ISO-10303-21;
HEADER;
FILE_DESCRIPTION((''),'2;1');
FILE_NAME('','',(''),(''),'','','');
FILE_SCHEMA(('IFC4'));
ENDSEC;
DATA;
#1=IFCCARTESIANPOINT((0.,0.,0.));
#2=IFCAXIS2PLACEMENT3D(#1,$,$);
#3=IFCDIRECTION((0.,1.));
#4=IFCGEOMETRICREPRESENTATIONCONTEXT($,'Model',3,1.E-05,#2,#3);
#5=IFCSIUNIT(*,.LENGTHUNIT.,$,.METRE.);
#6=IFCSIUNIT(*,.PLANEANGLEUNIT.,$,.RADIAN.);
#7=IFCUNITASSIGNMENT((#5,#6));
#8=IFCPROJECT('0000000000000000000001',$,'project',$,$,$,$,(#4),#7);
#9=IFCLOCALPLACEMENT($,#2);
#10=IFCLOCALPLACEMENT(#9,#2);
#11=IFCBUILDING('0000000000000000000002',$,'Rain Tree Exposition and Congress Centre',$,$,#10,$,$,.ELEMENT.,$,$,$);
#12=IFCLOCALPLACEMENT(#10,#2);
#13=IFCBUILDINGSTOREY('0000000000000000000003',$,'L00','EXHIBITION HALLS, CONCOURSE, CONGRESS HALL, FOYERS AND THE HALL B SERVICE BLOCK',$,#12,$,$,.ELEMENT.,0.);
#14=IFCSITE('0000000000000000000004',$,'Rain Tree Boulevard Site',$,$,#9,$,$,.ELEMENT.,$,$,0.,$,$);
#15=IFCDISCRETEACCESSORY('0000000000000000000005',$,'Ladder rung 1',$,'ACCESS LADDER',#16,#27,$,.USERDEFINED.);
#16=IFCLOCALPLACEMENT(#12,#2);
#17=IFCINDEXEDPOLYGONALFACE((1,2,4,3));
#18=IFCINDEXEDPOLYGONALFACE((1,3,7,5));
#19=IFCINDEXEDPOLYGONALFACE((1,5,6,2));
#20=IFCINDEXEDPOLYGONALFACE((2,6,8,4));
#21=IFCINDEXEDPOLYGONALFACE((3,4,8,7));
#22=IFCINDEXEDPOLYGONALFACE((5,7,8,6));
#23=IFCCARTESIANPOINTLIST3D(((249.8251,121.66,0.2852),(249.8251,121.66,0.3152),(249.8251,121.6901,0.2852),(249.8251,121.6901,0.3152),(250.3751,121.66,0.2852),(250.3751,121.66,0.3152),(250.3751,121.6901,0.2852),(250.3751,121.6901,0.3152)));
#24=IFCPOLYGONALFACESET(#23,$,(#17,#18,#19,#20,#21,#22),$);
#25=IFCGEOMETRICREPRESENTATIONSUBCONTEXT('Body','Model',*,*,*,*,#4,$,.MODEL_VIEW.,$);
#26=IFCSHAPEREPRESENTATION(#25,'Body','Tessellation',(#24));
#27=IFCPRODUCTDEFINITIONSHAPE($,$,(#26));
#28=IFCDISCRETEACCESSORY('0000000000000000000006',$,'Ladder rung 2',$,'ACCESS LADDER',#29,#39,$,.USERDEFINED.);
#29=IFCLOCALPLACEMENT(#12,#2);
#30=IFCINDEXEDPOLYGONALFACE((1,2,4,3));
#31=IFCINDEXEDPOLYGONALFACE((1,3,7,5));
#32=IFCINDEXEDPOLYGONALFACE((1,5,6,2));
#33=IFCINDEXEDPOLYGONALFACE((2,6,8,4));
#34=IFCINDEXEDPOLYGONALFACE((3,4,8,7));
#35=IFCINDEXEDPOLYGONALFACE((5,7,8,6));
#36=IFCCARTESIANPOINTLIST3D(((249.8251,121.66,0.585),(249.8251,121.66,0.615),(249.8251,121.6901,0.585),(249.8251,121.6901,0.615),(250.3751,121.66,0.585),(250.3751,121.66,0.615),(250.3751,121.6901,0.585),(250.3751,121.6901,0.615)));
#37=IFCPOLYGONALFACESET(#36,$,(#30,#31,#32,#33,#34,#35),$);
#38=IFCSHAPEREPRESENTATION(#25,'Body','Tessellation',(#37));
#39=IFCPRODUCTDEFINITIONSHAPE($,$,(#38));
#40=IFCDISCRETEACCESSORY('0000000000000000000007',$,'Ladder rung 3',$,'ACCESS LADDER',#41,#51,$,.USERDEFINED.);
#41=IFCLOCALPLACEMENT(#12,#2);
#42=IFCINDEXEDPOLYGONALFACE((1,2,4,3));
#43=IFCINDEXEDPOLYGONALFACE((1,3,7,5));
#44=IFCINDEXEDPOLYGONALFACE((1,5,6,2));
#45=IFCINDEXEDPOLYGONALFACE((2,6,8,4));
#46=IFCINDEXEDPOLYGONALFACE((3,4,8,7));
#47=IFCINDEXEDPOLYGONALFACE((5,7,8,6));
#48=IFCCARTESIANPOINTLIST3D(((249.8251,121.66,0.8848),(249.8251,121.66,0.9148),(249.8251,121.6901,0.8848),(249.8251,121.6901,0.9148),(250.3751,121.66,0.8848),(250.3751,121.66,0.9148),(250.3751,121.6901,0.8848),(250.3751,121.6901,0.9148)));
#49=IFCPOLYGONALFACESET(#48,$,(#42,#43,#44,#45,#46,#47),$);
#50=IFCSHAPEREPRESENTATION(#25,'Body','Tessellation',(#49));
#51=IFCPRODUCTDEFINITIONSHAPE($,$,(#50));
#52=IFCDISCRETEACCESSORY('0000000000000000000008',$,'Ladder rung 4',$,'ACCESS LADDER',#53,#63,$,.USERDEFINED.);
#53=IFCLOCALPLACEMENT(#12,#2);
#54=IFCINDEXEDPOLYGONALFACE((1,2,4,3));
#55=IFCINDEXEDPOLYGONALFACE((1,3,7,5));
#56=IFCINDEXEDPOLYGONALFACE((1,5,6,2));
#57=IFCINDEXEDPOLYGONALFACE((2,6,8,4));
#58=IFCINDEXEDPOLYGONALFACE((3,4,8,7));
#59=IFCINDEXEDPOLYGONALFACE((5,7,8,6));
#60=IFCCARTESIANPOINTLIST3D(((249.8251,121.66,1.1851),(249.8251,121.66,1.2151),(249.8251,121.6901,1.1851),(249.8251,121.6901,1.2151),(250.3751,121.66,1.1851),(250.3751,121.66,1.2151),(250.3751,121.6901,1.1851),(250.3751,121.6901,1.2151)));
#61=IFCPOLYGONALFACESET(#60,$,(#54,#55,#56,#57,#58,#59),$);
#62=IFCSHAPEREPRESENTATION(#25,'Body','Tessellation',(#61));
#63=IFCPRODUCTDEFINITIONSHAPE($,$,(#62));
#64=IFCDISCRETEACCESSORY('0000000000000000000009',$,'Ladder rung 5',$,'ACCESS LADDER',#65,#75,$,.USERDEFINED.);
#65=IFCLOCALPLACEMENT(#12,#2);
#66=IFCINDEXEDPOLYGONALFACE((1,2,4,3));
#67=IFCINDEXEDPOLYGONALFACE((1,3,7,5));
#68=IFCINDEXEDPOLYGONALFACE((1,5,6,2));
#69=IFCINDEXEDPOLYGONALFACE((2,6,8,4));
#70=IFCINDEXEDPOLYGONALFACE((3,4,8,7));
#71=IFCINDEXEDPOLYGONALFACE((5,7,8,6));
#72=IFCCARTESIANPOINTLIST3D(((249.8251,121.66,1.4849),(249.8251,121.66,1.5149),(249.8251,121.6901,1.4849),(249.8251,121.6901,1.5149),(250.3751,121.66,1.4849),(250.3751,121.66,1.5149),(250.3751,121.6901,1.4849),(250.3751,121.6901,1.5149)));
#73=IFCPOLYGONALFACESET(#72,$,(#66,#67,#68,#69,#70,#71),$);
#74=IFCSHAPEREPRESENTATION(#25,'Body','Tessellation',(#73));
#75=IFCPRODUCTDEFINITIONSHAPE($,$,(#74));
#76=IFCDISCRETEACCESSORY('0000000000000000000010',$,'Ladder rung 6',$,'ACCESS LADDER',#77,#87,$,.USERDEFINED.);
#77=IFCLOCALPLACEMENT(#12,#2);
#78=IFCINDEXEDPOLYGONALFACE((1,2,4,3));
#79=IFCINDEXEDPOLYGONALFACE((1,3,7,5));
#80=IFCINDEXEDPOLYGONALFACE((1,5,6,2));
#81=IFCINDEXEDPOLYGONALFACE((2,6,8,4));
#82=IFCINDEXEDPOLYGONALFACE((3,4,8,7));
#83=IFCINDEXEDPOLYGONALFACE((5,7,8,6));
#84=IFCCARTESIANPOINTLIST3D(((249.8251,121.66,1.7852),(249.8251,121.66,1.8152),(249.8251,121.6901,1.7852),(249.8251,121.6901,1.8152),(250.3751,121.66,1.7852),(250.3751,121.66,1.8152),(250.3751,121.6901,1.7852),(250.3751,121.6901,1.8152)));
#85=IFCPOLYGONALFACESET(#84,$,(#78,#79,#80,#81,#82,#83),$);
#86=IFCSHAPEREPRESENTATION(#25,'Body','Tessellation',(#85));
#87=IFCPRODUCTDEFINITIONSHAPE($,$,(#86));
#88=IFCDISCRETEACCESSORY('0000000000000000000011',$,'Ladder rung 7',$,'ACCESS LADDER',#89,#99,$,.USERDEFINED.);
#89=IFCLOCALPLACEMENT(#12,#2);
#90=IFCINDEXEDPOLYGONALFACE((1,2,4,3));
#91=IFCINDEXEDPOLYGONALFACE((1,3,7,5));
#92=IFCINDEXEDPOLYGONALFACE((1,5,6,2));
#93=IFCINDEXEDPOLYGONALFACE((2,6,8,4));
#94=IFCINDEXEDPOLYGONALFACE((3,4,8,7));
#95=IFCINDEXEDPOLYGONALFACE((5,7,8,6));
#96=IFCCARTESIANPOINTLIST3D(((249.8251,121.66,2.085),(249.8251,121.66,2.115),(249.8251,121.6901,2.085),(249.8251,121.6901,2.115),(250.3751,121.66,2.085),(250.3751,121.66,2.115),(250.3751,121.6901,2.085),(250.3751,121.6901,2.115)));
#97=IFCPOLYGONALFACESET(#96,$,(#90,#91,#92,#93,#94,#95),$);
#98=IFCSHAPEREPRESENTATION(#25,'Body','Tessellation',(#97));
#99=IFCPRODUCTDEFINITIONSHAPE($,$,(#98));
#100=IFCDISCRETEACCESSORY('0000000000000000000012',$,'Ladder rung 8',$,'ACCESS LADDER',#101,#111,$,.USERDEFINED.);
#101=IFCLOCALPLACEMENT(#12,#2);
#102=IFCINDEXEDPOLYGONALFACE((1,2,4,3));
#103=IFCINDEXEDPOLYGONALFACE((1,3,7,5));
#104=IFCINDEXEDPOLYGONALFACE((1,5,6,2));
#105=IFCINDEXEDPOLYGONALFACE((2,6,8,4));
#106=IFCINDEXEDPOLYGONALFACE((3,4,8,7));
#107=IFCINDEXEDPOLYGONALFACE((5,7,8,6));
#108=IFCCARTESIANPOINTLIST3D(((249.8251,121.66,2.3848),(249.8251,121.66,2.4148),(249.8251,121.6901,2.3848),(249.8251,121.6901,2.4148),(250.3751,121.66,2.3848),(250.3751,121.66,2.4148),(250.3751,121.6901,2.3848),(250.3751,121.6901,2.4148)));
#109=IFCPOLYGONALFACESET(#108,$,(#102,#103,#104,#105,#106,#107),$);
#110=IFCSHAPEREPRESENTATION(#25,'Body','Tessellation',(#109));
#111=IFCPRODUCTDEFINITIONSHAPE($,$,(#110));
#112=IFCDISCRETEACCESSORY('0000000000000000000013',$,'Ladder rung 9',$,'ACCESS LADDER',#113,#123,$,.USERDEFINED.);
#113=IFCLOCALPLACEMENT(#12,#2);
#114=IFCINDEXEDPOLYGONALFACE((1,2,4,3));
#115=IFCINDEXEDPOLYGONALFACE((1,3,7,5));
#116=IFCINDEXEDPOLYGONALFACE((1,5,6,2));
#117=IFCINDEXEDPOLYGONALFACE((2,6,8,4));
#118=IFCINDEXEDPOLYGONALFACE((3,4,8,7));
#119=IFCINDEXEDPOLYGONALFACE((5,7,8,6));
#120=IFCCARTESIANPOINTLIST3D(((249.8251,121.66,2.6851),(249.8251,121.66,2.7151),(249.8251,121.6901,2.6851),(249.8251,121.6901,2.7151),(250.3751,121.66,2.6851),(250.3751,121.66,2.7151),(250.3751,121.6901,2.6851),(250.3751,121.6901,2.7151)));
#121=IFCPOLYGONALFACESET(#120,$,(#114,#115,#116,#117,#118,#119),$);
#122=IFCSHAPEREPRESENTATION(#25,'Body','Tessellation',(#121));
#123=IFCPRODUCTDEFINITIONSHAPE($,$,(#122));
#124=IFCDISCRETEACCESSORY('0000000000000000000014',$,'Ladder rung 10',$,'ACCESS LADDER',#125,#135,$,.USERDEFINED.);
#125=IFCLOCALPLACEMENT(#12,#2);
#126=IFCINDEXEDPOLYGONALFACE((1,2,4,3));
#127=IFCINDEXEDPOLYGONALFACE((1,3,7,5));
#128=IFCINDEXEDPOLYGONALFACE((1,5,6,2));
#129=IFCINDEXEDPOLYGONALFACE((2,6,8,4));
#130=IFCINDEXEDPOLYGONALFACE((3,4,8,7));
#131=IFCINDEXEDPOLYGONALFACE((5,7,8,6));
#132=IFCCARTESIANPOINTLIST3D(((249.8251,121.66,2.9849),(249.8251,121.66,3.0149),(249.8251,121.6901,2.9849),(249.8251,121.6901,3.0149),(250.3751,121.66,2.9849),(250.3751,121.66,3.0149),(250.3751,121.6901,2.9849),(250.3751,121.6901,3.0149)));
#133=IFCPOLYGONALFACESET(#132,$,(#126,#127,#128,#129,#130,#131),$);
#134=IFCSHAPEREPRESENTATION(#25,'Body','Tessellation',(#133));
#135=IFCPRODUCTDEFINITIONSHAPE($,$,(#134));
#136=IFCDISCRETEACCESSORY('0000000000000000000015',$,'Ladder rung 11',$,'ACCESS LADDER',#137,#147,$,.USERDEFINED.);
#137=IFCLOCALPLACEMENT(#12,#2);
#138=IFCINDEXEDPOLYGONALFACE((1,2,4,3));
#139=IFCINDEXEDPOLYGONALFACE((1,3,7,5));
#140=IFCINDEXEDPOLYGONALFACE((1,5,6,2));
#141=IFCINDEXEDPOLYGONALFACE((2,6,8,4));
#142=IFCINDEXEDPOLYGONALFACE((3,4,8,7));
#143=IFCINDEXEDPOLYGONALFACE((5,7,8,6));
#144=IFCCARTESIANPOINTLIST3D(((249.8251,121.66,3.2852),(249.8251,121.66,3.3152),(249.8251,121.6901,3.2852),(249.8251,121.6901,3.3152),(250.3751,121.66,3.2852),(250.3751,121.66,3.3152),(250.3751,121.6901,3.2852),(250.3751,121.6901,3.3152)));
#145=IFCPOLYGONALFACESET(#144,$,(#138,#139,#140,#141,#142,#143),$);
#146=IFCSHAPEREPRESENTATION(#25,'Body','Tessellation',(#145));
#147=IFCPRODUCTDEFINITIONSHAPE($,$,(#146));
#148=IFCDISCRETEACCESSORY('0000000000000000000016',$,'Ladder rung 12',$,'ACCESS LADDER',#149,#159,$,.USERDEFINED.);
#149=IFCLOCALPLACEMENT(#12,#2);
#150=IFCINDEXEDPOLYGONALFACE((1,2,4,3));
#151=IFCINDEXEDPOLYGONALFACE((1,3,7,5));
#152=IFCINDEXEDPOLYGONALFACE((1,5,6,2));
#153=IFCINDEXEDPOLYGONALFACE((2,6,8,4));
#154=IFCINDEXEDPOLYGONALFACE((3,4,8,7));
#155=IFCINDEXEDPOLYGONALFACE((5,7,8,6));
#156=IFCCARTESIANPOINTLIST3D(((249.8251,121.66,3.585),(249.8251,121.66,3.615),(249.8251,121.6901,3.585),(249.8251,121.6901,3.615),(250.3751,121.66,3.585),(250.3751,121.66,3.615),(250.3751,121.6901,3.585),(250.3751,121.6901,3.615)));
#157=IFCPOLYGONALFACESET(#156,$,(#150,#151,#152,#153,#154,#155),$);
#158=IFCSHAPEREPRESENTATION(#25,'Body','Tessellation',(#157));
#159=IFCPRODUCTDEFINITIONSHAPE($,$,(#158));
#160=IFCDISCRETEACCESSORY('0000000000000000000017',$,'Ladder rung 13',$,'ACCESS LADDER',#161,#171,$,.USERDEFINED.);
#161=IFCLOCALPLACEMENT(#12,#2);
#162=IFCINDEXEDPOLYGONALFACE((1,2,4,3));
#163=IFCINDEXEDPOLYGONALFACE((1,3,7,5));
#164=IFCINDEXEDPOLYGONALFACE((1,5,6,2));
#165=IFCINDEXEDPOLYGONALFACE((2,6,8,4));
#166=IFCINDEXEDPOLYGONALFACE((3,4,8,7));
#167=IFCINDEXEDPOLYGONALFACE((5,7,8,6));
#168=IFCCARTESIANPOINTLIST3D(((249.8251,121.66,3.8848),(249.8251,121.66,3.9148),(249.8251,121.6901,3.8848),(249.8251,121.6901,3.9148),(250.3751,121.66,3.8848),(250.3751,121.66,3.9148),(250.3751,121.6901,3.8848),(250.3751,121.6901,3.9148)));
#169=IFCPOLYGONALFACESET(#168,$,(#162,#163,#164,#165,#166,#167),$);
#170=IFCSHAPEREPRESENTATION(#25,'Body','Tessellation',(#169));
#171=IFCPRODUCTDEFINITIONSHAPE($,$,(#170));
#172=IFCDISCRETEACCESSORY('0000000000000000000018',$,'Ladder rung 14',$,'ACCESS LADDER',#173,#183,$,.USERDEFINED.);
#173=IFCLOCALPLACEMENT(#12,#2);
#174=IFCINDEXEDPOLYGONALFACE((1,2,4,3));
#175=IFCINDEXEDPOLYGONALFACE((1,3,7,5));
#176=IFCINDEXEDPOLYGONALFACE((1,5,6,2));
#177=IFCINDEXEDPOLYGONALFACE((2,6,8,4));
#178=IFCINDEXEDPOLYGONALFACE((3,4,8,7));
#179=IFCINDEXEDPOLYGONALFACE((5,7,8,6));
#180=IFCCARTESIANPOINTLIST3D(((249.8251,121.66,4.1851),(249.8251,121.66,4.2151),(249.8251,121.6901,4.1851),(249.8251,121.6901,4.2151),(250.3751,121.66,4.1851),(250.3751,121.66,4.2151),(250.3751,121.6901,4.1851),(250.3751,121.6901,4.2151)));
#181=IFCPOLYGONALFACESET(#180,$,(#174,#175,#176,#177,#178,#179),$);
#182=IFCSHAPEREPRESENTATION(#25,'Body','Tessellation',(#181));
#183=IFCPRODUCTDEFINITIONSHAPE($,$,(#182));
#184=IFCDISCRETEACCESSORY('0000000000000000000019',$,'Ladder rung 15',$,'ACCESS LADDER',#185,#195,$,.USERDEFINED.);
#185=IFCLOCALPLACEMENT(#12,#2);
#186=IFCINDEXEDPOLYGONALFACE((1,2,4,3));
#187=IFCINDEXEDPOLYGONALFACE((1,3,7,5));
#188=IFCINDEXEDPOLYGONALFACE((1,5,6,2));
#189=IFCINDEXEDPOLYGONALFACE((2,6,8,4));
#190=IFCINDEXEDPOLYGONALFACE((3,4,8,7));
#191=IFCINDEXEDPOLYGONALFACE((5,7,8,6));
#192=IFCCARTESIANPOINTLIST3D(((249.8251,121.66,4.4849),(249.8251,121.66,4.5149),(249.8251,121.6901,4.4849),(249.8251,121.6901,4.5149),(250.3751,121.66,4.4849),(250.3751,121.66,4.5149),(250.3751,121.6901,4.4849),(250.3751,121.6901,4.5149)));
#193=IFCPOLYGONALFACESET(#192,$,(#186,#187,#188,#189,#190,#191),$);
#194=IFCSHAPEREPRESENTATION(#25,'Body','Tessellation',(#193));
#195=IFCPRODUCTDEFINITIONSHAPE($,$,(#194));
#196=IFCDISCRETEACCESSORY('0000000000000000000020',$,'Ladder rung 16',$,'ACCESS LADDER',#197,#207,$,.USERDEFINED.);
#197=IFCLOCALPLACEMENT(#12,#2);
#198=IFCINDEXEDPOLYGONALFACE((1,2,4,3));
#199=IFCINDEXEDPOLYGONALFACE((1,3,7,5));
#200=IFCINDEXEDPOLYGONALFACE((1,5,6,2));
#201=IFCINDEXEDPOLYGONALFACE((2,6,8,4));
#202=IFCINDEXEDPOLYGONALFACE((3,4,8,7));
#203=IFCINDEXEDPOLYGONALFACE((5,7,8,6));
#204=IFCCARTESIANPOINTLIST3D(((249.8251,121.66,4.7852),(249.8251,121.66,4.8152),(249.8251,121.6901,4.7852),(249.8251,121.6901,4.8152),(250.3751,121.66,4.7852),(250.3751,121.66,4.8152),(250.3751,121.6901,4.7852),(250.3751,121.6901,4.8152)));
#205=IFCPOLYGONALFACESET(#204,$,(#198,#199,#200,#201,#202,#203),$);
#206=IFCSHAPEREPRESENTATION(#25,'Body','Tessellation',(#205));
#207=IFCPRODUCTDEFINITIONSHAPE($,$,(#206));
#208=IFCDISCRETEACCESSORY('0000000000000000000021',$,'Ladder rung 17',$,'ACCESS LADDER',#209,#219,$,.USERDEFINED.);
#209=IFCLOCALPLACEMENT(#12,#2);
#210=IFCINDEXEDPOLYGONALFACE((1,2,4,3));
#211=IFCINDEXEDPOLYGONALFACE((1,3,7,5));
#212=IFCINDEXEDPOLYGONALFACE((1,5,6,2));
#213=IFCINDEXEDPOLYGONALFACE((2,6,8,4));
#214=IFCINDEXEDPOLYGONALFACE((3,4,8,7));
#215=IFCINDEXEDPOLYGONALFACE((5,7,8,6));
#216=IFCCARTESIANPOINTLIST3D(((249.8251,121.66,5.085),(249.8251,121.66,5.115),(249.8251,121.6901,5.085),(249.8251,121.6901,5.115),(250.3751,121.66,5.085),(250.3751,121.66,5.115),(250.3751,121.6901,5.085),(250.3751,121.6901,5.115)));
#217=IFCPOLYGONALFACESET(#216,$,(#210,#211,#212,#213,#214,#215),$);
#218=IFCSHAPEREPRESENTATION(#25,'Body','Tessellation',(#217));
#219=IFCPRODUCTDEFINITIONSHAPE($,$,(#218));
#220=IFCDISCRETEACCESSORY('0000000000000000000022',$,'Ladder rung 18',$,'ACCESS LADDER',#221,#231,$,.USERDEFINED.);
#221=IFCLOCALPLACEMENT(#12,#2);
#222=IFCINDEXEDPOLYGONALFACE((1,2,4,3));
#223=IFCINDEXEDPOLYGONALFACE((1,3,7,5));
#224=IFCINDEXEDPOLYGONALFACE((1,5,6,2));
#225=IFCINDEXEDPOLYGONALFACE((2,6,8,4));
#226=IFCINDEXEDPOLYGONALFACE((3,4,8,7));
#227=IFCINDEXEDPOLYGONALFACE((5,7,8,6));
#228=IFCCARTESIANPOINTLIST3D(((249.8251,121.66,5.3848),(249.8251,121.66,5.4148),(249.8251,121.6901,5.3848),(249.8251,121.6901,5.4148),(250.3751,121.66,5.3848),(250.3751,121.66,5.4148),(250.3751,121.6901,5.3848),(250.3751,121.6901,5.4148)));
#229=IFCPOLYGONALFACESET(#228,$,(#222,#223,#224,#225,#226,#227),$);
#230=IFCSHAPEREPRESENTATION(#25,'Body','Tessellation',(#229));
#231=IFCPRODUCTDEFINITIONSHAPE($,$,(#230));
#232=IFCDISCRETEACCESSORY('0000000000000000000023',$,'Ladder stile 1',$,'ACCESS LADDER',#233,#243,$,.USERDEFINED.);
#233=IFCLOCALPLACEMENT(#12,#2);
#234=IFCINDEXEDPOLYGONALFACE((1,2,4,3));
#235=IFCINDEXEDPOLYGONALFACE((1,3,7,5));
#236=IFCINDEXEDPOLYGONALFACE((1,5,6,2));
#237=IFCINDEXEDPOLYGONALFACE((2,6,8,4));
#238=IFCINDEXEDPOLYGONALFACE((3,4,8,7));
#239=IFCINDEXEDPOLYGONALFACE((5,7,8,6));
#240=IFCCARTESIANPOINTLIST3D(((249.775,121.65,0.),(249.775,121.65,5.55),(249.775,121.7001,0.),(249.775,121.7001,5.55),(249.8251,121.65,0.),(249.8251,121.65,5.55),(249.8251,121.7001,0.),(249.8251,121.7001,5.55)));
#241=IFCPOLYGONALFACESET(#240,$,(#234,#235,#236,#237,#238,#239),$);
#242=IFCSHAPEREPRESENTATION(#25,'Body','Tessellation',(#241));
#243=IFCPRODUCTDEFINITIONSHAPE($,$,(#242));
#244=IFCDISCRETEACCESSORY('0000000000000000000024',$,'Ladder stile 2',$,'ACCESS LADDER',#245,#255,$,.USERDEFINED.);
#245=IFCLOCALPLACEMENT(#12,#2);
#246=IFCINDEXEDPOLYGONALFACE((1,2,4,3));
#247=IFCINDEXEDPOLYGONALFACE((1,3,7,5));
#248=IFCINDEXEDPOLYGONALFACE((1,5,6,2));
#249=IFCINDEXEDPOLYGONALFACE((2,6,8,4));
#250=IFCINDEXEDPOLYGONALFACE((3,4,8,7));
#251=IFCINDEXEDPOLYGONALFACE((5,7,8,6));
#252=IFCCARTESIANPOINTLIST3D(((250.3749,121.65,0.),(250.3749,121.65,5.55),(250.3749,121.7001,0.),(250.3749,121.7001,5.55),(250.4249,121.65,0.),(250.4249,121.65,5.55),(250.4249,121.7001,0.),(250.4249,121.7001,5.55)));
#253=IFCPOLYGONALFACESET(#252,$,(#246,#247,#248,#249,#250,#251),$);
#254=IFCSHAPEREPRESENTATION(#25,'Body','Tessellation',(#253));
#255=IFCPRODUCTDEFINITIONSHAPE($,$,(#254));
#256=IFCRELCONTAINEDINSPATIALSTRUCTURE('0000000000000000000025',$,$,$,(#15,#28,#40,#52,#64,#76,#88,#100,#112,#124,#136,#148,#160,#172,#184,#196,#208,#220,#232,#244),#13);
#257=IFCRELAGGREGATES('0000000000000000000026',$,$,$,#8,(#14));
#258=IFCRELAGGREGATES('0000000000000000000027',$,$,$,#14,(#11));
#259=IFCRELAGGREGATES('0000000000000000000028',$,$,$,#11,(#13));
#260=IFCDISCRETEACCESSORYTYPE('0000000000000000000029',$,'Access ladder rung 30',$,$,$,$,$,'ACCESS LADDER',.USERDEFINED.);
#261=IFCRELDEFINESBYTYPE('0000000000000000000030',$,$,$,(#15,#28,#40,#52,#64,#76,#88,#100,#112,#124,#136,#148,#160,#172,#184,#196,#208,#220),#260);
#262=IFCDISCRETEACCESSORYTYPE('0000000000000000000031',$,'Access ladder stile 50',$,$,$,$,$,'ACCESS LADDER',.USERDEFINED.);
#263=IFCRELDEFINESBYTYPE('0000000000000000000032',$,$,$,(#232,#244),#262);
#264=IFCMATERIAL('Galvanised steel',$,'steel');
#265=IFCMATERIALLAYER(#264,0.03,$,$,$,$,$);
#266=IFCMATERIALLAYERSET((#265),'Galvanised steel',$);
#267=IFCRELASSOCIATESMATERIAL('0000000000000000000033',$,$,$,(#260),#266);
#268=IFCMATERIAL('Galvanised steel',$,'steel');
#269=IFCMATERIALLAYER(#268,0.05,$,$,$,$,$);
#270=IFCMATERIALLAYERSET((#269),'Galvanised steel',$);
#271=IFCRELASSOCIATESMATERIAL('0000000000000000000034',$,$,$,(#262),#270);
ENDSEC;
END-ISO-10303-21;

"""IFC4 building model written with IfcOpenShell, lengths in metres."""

from ifc_helpers import new_model, si_unit, direction, frame, origin, origin_2d, place, context, subcontext, project, spatial, rectangle, extrude, material, layer, layer_set, type_object, element, save


model = new_model("IFC4")

# Units and contexts
model_context = context("Model", 3, precision=1e-05, world=origin(), true_north=direction((0.0, 1.0)))
body_context = subcontext(model_context, "Body", "Model", "MODEL_VIEW")
ifc_project = project(units=[si_unit("LENGTHUNIT", "METRE"), si_unit("PLANEANGLEUNIT", "RADIAN")], contexts=[model_context])

# Site, building, storey
site_placement = place(None, origin())
site = spatial("IfcSite", under=ifc_project, at=site_placement, Name="Rain Tree Boulevard Site", CompositionType="ELEMENT", RefElevation=0.0)
building_placement = place(site_placement, origin())
building = spatial("IfcBuilding", under=site, at=building_placement, Name="Rain Tree Exposition and Congress Centre", CompositionType="ELEMENT")
storey_placement = place(building_placement, origin())
storey = spatial("IfcBuildingStorey", under=building, at=storey_placement, Name="L00", Description="EXHIBITION HALLS, CONCOURSE, CONGRESS HALL, FOYERS AND THE HALL B SERVICE BLOCK", CompositionType="ELEMENT", Elevation=0.0)

# Discrete accessories
ifc_material_1 = material(Name="Galvanised steel", Category="steel")
ifc_layer_1 = layer(ifc_material_1, 0.03)
ifc_layer_set_1 = layer_set([ifc_layer_1], Name="Galvanised steel")
discrete_accessory_type_1 = type_object("IfcDiscreteAccessoryType", Name="Access ladder rung 30", ElementType="ACCESS LADDER", PredefinedType="USERDEFINED", material=ifc_layer_set_1)
for number, where, z_axis, x_axis, name in (
    (1, (250.1001, 121.675, 0.2852), (0.0, 0.0, 1.0), (1.0, 0.0, 0.0), "Ladder rung 1"),
    (2, (250.1001, 121.675, 0.585), (0.0, 0.0, 1.0), (1.0, 0.0, 0.0), "Ladder rung 2"),
    (3, (250.1001, 121.675, 0.8848), (0.0, 0.0, 1.0), (1.0, 0.0, 0.0), "Ladder rung 3"),
    (4, (250.1001, 121.675, 1.1851), (0.0, 0.0, 1.0), (1.0, 0.0, 0.0), "Ladder rung 4"),
    (5, (250.1001, 121.675, 1.4849), (0.0, 0.0, 1.0), (1.0, 0.0, 0.0), "Ladder rung 5"),
    (6, (250.1001, 121.675, 1.7852), (0.0, 0.0, 1.0), (1.0, 0.0, 0.0), "Ladder rung 6"),
    (7, (250.1001, 121.675, 2.085), (0.0, 0.0, 1.0), (1.0, 0.0, 0.0), "Ladder rung 7"),
    (8, (250.1001, 121.675, 2.3848), (0.0, 0.0, 1.0), (1.0, 0.0, 0.0), "Ladder rung 8"),
    (9, (250.1001, 121.675, 2.6851), (0.0, 0.0, 1.0), (1.0, 0.0, 0.0), "Ladder rung 9"),
    (10, (250.1001, 121.675, 2.9849), (0.0, 0.0, 1.0), (1.0, 0.0, 0.0), "Ladder rung 10"),
    (11, (250.1001, 121.675, 3.2852), (0.0, 0.0, 1.0), (1.0, 0.0, 0.0), "Ladder rung 11"),
    (12, (250.1001, 121.675, 3.585), (0.0, 0.0, 1.0), (1.0, 0.0, 0.0), "Ladder rung 12"),
    (13, (250.1001, 121.675, 3.8848), (0.0, 0.0, 1.0), (1.0, 0.0, 0.0), "Ladder rung 13"),
    (14, (250.1001, 121.675, 4.1851), (0.0, 0.0, 1.0), (1.0, 0.0, 0.0), "Ladder rung 14"),
    (15, (250.1001, 121.675, 4.4849), (0.0, 0.0, 1.0), (1.0, 0.0, 0.0), "Ladder rung 15"),
    (16, (250.1001, 121.675, 4.7852), (0.0, 0.0, 1.0), (1.0, 0.0, 0.0), "Ladder rung 16"),
    (17, (250.1001, 121.675, 5.085), (0.0, 0.0, 1.0), (1.0, 0.0, 0.0), "Ladder rung 17"),
    (18, (250.1001, 121.675, 5.3848), (0.0, 0.0, 1.0), (1.0, 0.0, 0.0), "Ladder rung 18"),
):
    element("IfcDiscreteAccessory", number, at=place(storey_placement, frame(where, z_axis=z_axis, x_axis=x_axis)), inside=storey, type_object=discrete_accessory_type_1, Name=name, ObjectType="ACCESS LADDER", PredefinedType="USERDEFINED", context=body_context, shape_type="SweptSolid", body=[
        extrude(rectangle(XDim=0.55, YDim=0.03, at=origin_2d()), origin(), (0.0, 0.0, 1.0), 0.03),
    ])
ifc_material_2 = material(Name="Galvanised steel", Category="steel")
ifc_layer_2 = layer(ifc_material_2, 0.05)
ifc_layer_set_2 = layer_set([ifc_layer_2], Name="Galvanised steel")
discrete_accessory_type_2 = type_object("IfcDiscreteAccessoryType", Name="Access ladder stile 50", ElementType="ACCESS LADDER", PredefinedType="USERDEFINED", material=ifc_layer_set_2)
for number, where, z_axis, x_axis, name in (
    (19, (249.8, 121.675, 0.0), (0.0, 0.0, 1.0), (1.0, 0.0, 0.0), "Ladder stile 1"),
    (20, (250.3999, 121.675, 0.0), (0.0, 0.0, 1.0), (1.0, 0.0, 0.0), "Ladder stile 2"),
):
    element("IfcDiscreteAccessory", number, at=place(storey_placement, frame(where, z_axis=z_axis, x_axis=x_axis)), inside=storey, type_object=discrete_accessory_type_2, Name=name, ObjectType="ACCESS LADDER", PredefinedType="USERDEFINED", context=body_context, shape_type="SweptSolid", body=[
        extrude(rectangle(XDim=0.05, YDim=0.05, at=origin_2d()), origin(), (0.0, 0.0, 1.0), 5.55),
    ])

save(model, "model.ifc")
